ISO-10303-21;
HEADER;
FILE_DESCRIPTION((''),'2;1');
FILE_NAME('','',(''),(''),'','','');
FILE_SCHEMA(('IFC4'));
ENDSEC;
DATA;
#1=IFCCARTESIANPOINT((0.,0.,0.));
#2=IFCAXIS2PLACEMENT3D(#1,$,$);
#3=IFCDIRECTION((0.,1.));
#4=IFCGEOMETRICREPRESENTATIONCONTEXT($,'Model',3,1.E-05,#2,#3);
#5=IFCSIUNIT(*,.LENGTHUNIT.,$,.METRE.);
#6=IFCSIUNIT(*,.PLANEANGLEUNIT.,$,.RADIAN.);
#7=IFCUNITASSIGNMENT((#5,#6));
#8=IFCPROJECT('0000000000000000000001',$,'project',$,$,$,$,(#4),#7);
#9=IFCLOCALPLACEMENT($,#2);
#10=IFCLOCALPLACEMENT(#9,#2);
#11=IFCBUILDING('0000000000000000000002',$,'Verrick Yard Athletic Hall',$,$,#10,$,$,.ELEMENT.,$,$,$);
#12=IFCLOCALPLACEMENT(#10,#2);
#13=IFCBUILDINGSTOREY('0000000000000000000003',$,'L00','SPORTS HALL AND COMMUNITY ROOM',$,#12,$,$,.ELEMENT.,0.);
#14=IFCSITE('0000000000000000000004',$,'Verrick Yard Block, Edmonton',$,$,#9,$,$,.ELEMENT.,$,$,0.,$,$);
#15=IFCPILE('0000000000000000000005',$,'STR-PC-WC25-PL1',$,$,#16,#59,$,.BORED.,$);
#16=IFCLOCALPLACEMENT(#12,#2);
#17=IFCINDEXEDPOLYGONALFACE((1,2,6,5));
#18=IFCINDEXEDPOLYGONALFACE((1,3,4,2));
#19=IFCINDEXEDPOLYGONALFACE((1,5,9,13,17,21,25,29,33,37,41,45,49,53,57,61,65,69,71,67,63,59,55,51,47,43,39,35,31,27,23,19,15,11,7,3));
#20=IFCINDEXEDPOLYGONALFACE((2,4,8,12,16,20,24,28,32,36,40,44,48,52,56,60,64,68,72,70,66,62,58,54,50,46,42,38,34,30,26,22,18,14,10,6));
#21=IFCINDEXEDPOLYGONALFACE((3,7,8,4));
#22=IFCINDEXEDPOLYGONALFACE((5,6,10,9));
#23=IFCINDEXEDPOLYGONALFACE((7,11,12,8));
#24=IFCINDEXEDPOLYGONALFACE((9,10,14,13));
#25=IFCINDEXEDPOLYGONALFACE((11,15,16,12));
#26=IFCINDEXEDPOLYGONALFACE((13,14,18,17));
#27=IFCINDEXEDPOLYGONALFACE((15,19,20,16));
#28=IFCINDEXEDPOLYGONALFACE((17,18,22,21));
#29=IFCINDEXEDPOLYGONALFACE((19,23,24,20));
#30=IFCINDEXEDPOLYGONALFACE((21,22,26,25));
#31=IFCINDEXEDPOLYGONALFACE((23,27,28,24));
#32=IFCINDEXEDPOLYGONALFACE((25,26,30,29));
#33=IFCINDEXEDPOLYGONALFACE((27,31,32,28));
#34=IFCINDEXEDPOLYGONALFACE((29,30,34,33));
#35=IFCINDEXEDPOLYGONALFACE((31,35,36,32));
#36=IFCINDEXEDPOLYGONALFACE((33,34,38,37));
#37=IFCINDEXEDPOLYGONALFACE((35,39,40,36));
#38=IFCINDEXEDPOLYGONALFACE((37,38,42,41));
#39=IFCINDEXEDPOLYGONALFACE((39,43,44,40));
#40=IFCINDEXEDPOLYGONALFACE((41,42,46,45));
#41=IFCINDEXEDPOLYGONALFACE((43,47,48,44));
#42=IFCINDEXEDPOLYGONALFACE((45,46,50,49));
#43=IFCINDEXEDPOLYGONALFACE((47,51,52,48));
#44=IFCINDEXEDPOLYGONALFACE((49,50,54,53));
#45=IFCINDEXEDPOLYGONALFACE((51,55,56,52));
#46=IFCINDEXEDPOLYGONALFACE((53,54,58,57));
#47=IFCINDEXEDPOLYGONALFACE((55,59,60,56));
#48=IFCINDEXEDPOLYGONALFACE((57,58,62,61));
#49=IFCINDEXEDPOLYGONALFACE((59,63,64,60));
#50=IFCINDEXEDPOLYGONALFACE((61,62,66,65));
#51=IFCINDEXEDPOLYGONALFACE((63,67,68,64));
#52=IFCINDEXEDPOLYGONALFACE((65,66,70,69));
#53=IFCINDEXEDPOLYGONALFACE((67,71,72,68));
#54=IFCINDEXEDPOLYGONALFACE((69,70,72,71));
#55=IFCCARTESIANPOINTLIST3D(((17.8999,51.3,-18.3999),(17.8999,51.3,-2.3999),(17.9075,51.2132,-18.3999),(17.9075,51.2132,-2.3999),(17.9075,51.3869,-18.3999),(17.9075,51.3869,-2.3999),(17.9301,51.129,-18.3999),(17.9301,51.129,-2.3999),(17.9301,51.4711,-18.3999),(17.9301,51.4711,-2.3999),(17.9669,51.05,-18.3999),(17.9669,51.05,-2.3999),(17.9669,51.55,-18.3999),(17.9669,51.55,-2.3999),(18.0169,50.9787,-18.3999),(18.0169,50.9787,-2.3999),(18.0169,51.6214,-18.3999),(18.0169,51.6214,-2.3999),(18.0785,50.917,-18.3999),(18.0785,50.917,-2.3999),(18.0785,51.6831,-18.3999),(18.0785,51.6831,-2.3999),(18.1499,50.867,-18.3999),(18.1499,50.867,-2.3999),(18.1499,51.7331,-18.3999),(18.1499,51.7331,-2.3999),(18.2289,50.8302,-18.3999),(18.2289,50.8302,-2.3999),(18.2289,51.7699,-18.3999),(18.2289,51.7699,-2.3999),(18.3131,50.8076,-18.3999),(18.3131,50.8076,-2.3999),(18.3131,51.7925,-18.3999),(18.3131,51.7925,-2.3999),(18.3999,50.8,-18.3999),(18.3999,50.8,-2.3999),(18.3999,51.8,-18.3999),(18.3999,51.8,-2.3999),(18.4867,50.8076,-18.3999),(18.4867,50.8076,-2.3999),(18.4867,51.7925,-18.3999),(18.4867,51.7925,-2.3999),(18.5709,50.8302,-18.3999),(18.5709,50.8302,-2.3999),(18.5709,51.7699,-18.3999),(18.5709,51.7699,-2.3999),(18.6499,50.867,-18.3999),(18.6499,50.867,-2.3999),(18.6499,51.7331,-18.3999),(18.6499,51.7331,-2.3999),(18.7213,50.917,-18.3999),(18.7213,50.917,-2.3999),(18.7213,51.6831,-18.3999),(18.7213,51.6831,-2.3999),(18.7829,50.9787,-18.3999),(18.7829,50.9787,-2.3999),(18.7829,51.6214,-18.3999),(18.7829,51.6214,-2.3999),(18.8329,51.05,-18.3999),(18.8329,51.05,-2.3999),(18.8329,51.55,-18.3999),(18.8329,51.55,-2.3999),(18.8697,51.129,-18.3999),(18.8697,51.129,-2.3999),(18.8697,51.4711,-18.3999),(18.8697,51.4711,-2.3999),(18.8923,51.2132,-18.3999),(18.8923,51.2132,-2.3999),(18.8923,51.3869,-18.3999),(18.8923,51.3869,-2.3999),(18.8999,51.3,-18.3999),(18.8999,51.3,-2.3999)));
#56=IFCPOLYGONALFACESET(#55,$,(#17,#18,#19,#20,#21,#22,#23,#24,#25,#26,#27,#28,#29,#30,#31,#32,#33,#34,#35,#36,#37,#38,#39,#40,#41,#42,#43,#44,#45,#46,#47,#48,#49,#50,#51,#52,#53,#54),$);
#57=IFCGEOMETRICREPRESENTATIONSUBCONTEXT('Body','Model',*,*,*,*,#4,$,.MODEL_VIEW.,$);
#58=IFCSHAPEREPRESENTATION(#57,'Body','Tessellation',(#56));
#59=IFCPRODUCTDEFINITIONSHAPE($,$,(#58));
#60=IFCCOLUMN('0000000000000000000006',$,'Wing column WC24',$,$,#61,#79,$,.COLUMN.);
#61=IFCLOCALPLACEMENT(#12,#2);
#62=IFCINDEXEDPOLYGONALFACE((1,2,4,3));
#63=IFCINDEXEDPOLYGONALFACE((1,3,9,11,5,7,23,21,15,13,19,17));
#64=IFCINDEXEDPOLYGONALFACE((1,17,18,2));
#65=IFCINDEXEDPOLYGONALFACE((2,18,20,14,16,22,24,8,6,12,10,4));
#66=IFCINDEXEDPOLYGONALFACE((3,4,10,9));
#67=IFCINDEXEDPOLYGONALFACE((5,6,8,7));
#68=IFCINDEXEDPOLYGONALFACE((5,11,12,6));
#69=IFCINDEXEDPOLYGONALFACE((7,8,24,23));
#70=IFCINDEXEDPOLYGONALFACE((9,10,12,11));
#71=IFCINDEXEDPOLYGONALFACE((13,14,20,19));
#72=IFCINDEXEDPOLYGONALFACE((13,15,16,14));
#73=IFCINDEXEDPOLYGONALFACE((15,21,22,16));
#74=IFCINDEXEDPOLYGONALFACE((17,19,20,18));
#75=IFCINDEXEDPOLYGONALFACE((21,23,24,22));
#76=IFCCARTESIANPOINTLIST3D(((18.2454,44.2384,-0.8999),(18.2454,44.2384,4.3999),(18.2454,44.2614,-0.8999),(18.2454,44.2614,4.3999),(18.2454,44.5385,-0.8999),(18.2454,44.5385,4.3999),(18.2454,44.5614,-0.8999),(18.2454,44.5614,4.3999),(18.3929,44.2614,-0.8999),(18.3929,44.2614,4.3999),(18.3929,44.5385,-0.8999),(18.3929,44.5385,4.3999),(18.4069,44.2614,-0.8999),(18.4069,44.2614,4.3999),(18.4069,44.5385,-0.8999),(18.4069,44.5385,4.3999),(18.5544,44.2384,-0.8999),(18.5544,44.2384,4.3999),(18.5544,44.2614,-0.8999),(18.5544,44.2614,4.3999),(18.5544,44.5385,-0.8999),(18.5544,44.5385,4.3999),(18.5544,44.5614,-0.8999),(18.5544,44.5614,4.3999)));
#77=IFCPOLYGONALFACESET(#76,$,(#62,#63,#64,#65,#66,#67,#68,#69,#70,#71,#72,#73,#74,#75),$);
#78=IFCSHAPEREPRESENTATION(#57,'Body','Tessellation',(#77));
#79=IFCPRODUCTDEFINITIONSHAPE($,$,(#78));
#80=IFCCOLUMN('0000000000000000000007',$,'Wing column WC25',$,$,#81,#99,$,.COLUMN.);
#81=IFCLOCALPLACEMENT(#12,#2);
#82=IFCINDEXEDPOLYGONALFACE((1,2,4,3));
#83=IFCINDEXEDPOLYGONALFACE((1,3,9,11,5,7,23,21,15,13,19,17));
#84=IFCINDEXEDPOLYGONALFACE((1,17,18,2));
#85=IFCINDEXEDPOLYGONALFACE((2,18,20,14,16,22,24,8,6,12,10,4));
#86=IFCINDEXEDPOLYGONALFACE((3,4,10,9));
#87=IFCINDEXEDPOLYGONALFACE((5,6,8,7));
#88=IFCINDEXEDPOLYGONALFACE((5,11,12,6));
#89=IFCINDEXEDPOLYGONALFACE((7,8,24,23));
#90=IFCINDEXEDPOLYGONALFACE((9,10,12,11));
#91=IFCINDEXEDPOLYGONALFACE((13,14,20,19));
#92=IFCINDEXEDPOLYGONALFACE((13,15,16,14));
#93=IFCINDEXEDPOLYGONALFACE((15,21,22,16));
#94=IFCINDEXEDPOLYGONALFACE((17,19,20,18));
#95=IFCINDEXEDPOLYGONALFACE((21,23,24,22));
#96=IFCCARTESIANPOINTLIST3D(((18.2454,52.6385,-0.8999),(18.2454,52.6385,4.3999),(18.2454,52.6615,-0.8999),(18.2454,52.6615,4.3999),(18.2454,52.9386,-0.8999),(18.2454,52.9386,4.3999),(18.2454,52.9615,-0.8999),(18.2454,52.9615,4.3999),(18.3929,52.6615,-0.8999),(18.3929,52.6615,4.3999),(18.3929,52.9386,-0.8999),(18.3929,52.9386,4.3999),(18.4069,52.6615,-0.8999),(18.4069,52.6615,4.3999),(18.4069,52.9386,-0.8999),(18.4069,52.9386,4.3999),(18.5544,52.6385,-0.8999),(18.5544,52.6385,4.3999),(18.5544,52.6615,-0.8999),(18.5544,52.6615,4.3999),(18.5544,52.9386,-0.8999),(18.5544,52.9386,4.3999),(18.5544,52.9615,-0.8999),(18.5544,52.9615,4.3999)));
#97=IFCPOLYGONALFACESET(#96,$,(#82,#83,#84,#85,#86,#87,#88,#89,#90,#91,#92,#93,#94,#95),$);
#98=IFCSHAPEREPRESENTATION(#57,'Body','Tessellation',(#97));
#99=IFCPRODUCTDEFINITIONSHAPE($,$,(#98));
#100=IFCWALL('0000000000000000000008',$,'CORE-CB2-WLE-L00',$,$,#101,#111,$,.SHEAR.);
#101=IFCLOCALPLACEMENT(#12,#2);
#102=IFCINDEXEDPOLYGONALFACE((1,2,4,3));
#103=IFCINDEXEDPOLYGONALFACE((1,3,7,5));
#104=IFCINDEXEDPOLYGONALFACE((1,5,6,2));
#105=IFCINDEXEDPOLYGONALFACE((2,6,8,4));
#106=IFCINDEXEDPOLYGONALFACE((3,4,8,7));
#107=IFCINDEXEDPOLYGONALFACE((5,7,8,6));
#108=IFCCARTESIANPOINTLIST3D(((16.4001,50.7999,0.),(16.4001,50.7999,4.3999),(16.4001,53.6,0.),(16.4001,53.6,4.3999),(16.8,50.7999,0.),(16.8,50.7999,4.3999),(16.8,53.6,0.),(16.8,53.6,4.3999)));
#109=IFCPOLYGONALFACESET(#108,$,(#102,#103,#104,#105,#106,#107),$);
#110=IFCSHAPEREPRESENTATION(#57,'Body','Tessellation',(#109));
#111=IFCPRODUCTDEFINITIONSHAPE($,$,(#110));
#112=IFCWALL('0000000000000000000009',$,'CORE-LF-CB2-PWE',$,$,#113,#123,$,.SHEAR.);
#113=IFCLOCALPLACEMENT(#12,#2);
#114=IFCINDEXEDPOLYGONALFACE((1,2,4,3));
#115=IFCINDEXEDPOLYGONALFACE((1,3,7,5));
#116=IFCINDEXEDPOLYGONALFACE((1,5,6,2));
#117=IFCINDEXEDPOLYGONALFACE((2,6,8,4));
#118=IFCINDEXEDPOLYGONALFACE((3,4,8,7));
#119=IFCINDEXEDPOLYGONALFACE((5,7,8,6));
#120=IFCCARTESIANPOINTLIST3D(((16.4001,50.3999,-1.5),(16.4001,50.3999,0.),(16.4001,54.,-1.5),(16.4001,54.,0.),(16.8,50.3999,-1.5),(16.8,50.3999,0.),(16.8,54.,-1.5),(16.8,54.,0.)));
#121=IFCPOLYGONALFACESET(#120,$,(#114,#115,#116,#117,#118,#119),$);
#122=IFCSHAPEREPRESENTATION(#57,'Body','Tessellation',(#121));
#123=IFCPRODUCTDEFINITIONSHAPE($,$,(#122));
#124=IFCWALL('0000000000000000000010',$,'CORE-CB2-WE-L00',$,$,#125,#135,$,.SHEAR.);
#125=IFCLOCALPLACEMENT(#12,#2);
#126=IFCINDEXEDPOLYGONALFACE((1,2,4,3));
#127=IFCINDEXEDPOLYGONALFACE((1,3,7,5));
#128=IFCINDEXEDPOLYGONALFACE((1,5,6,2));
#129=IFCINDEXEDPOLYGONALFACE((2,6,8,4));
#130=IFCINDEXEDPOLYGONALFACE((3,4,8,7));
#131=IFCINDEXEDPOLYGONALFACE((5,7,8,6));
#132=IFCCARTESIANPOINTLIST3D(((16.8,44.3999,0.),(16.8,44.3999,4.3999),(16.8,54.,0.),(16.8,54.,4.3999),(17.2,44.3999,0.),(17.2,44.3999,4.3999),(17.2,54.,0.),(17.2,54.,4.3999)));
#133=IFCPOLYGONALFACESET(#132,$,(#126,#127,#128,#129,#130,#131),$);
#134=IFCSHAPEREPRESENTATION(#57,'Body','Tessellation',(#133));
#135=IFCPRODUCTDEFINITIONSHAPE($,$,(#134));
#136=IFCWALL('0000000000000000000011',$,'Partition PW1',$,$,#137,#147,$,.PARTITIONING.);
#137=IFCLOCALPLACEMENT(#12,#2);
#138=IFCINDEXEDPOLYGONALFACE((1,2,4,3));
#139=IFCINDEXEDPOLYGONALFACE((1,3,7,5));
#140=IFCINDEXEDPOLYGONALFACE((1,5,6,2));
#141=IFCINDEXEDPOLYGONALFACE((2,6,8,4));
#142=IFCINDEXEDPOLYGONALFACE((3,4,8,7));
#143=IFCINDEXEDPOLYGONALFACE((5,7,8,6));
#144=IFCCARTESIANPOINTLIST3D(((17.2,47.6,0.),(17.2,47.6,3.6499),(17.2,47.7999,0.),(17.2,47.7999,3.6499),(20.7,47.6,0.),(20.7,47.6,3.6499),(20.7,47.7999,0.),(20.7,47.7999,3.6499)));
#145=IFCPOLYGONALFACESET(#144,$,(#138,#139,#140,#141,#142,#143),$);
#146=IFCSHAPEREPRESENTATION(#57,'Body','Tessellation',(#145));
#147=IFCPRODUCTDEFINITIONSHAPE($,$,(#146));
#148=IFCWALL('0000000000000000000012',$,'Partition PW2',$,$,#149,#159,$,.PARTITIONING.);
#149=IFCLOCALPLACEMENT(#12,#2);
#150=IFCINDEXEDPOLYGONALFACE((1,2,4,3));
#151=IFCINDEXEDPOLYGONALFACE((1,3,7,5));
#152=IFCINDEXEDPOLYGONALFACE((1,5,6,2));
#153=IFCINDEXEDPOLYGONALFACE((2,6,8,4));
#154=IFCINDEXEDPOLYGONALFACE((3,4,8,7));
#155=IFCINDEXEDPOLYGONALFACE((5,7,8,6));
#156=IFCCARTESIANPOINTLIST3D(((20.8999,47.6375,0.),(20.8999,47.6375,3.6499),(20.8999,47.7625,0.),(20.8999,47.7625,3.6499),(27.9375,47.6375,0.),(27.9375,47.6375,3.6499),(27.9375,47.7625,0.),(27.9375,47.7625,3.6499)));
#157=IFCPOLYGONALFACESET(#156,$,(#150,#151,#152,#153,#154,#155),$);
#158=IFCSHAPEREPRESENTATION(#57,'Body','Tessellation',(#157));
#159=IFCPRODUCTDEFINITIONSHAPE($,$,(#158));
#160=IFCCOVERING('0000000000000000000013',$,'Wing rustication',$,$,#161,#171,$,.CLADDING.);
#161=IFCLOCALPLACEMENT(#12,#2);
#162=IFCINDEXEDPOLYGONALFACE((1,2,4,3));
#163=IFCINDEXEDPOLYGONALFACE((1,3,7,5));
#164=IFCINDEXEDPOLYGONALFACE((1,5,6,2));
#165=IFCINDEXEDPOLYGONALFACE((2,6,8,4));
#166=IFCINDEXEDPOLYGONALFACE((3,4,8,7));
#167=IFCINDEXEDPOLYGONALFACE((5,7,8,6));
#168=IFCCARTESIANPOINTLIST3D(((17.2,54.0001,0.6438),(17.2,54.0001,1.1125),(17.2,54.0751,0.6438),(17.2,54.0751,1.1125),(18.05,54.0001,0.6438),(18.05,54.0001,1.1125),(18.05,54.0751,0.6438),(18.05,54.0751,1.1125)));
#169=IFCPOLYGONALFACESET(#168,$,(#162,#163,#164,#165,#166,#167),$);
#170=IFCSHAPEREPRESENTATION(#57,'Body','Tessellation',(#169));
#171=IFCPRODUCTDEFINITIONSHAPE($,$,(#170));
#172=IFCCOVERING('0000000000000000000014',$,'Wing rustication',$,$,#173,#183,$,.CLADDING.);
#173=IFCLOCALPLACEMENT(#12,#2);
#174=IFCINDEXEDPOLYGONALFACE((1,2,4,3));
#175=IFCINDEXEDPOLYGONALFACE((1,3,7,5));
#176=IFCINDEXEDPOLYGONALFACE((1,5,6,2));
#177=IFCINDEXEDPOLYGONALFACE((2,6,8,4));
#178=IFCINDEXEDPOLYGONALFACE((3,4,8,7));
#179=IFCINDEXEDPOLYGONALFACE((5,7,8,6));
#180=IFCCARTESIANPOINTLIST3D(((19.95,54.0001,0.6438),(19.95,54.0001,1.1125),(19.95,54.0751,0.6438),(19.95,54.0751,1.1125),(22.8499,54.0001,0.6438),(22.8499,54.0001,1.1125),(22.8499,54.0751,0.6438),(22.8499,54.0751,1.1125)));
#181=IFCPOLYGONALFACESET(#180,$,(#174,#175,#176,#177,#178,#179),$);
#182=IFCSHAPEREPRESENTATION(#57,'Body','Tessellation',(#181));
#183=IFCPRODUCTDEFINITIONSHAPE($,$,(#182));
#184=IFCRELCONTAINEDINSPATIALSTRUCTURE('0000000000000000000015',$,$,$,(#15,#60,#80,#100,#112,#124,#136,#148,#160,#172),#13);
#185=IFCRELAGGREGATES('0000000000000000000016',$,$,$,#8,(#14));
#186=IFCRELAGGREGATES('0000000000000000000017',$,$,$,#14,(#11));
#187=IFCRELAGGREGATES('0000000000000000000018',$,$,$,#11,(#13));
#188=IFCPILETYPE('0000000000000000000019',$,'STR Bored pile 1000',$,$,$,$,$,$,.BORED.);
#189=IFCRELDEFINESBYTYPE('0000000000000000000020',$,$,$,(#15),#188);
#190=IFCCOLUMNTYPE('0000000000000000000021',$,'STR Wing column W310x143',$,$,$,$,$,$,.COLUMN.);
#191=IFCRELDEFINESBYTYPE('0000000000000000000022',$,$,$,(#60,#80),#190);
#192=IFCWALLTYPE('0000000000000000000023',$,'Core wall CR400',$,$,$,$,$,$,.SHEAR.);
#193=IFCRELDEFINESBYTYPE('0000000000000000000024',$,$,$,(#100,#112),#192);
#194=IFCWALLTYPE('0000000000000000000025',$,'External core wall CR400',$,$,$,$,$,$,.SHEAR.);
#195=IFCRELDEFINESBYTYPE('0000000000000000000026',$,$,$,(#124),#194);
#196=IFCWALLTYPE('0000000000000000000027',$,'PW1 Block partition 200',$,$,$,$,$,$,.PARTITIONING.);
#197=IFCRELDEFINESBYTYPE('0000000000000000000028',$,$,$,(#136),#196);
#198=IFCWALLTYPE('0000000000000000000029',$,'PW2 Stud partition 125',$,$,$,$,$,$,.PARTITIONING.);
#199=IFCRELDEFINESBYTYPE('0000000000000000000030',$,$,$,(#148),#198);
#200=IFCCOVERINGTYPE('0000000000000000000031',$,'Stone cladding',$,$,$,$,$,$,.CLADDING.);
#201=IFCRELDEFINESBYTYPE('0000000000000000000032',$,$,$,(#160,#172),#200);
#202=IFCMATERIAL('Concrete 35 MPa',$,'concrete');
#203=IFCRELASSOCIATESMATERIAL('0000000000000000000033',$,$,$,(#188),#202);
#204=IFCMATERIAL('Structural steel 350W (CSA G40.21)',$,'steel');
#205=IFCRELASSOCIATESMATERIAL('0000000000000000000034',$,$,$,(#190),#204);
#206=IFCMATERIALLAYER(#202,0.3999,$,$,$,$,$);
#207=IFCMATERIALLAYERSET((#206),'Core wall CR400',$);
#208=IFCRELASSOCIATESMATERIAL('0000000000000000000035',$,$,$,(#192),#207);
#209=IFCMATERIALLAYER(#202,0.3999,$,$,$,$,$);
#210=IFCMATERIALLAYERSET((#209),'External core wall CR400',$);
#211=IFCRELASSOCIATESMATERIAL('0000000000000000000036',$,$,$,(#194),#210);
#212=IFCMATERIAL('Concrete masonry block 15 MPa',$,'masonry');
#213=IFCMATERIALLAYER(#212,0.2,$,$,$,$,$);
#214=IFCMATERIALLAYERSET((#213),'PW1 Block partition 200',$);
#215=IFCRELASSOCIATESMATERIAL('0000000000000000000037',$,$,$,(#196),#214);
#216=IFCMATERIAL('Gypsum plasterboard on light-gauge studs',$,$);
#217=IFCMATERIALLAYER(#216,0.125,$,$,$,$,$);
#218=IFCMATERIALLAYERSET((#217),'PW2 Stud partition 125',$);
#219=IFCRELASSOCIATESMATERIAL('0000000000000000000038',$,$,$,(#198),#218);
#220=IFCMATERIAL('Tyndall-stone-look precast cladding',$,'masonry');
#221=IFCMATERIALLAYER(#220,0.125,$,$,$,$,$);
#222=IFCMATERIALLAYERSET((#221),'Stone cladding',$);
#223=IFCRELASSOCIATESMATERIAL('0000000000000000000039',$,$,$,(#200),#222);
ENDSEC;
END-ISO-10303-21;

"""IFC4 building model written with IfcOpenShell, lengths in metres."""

from ifc_helpers import new_model, si_unit, direction, frame, frame_2d, origin, origin_2d, place, context, subcontext, project, spatial, rectangle, circle, i_section, extrude, material, layer, layer_set, material_profile, profile_set, type_object, element, save


model = new_model("IFC4")

# Units and contexts
model_context = context("Model", 3, precision=1e-05, world=origin(), true_north=direction((0.0, 1.0)))
body_context = subcontext(model_context, "Body", "Model", "MODEL_VIEW")
ifc_project = project(units=[si_unit("LENGTHUNIT", "METRE"), si_unit("PLANEANGLEUNIT", "RADIAN")], contexts=[model_context])

# Site, building, storey
site_placement = place(None, origin())
site = spatial("IfcSite", under=ifc_project, at=site_placement, Name="Verrick Yard Block, Edmonton", CompositionType="ELEMENT", RefElevation=0.0)
building_placement = place(site_placement, origin())
building = spatial("IfcBuilding", under=site, at=building_placement, Name="Verrick Yard Athletic Hall", CompositionType="ELEMENT")
storey_placement = place(building_placement, origin())
storey = spatial("IfcBuildingStorey", under=building, at=storey_placement, Name="L00", Description="SPORTS HALL AND COMMUNITY ROOM", CompositionType="ELEMENT", Elevation=0.0)

# Pile
ifc_material_1 = material(Name="Concrete 35 MPa", Category="concrete")
pile_type = type_object("IfcPileType", Name="STR Bored pile 1000", PredefinedType="BORED", material=ifc_material_1)
for number, where, z_axis, x_axis, name in (
    (1, (18.3999, 51.3, -2.3999), (0.0, 0.0, -1.0), (1.0, 0.0, 0.0), "STR-PC-WC25-PL1"),
):
    element("IfcPile", number, at=place(storey_placement, frame(where, z_axis=z_axis, x_axis=x_axis)), inside=storey, type_object=pile_type, Name=name, PredefinedType="BORED", context=body_context, shape_type="SweptSolid", body=[
        extrude(circle(Radius=0.5, at=origin_2d()), origin(), (0.0, 0.0, 1.0), 16.0),
    ])

# Columns
ifc_material_2 = material(Name="Structural steel 350W (CSA G40.21)", Category="steel")
ifc_material_profile = material_profile(ifc_material_2, i_section(OverallWidth=0.3091, OverallDepth=0.323, WebThickness=0.0139, FlangeThickness=0.0229, at=origin_2d()), Name="W310x143")
ifc_profile_set = profile_set([ifc_material_profile], Name="Structural steel 350W (CSA G40.21)")
column_type = type_object("IfcColumnType", Name="STR Wing column W310x143", PredefinedType="COLUMN", material=ifc_profile_set)
for number, where, z_axis, x_axis, name in (
    (2, (18.3999, 44.3999, -0.8999), (0.0, 0.0, 1.0), (1.0, 0.0, 0.0), "Wing column WC24"),
    (3, (18.3999, 52.8, -0.8999), (0.0, 0.0, 1.0), (1.0, 0.0, 0.0), "Wing column WC25"),
):
    element("IfcColumn", number, at=place(storey_placement, frame(where, z_axis=z_axis, x_axis=x_axis)), inside=storey, type_object=column_type, Name=name, PredefinedType="COLUMN", context=body_context, shape_type="SweptSolid", body=[
        extrude(i_section(OverallWidth=0.3091, OverallDepth=0.323, WebThickness=0.0139, FlangeThickness=0.0229, at=origin_2d()), origin(), (0.0, 0.0, 1.0), 5.2998),
    ])

# Walls
ifc_layer_1 = layer(ifc_material_1, 0.3999)
ifc_layer_set_1 = layer_set([ifc_layer_1], Name="Core wall CR400")
wall_type_1 = type_object("IfcWallType", Name="Core wall CR400", PredefinedType="SHEAR", material=ifc_layer_set_1)
wall_1_placement = place(storey_placement, frame((16.6001, 50.8, 0.0), z_axis=(0.0, 0.0, 1.0), x_axis=(0.0, 1.0, 0.0)))
element("IfcWall", 4, at=wall_1_placement, inside=storey, type_object=wall_type_1, Name="CORE-CB2-WLE-L00", PredefinedType="SHEAR", context=body_context, shape_type="SweptSolid", body=[
    extrude(rectangle(XDim=2.8, YDim=0.3999, at=frame_2d((1.3999, 0.0))), origin(), (0.0, 0.0, 1.0), 4.3999),
])
wall_2_placement = place(storey_placement, frame((16.6001, 50.3999, -1.5), z_axis=(0.0, 0.0, 1.0), x_axis=(0.0, 1.0, 0.0)))
element("IfcWall", 5, at=wall_2_placement, inside=storey, type_object=wall_type_1, Name="CORE-LF-CB2-PWE", PredefinedType="SHEAR", context=body_context, shape_type="SweptSolid", body=[
    extrude(rectangle(XDim=3.6001, YDim=0.3999, at=frame_2d((1.8, 0.0))), origin(), (0.0, 0.0, 1.0), 1.5),
])
ifc_layer_2 = layer(ifc_material_1, 0.3999)
ifc_layer_set_2 = layer_set([ifc_layer_2], Name="External core wall CR400")
wall_type_2 = type_object("IfcWallType", Name="External core wall CR400", PredefinedType="SHEAR", material=ifc_layer_set_2)
wall_3_placement = place(storey_placement, frame((17.0, 44.3999, 0.0), z_axis=(0.0, 0.0, 1.0), x_axis=(0.0, 1.0, 0.0)))
element("IfcWall", 6, at=wall_3_placement, inside=storey, type_object=wall_type_2, Name="CORE-CB2-WE-L00", PredefinedType="SHEAR", context=body_context, shape_type="SweptSolid", body=[
    extrude(rectangle(XDim=9.6001, YDim=0.3999, at=frame_2d((4.8, 0.0))), origin(), (0.0, 0.0, 1.0), 4.3999),
])
ifc_material_3 = material(Name="Concrete masonry block 15 MPa", Category="masonry")
ifc_layer_3 = layer(ifc_material_3, 0.2)
ifc_layer_set_3 = layer_set([ifc_layer_3], Name="PW1 Block partition 200")
wall_type_3 = type_object("IfcWallType", Name="PW1 Block partition 200", PredefinedType="PARTITIONING", material=ifc_layer_set_3)
wall_4_placement = place(storey_placement, frame((17.2, 47.7, 0.0), z_axis=(0.0, 0.0, 1.0), x_axis=(1.0, 0.0, 0.0)))
element("IfcWall", 7, at=wall_4_placement, inside=storey, type_object=wall_type_3, Name="Partition PW1", PredefinedType="PARTITIONING", context=body_context, shape_type="SweptSolid", body=[
    extrude(rectangle(XDim=3.5, YDim=0.2, at=frame_2d((1.75, 0.0))), origin(), (0.0, 0.0, 1.0), 3.6499),
])
ifc_material_4 = material(Name="Gypsum plasterboard on light-gauge studs")
ifc_layer_4 = layer(ifc_material_4, 0.125)
ifc_layer_set_4 = layer_set([ifc_layer_4], Name="PW2 Stud partition 125")
wall_type_4 = type_object("IfcWallType", Name="PW2 Stud partition 125", PredefinedType="PARTITIONING", material=ifc_layer_set_4)
wall_5_placement = place(storey_placement, frame((20.8999, 47.7, 0.0), z_axis=(0.0, 0.0, 1.0), x_axis=(1.0, 0.0, 0.0)))
element("IfcWall", 8, at=wall_5_placement, inside=storey, type_object=wall_type_4, Name="Partition PW2", PredefinedType="PARTITIONING", context=body_context, shape_type="SweptSolid", body=[
    extrude(rectangle(XDim=7.0376, YDim=0.125, at=frame_2d((3.5188, 0.0))), origin(), (0.0, 0.0, 1.0), 3.6499),
])

# Shared definitions
ifc_material_5 = material(Name="Tyndall-stone-look precast cladding", Category="masonry")

# Coverings
ifc_layer_5 = layer(ifc_material_5, 0.125)
ifc_layer_set_5 = layer_set([ifc_layer_5], Name="Stone cladding")
covering_type = type_object("IfcCoveringType", Name="Stone cladding", PredefinedType="CLADDING", material=ifc_layer_set_5)
covering_1_placement = place(storey_placement, frame((17.625, 54.0376, 0.6438), z_axis=(0.0, 0.0, 1.0), x_axis=(1.0, 0.0, 0.0)))
element("IfcCovering", 9, at=covering_1_placement, inside=storey, type_object=covering_type, Name="Wing rustication", PredefinedType="CLADDING", context=body_context, shape_type="SweptSolid", body=[
    extrude(rectangle(XDim=0.8501, YDim=0.075, at=origin_2d()), origin(), (0.0, 0.0, 1.0), 0.4688),
])
covering_2_placement = place(storey_placement, frame((21.3999, 54.0376, 0.6438), z_axis=(0.0, 0.0, 1.0), x_axis=(1.0, 0.0, 0.0)))
element("IfcCovering", 10, at=covering_2_placement, inside=storey, type_object=covering_type, Name="Wing rustication", PredefinedType="CLADDING", context=body_context, shape_type="SweptSolid", body=[
    extrude(rectangle(XDim=2.8999, YDim=0.075, at=origin_2d()), origin(), (0.0, 0.0, 1.0), 0.4688),
])

save(model, "model.ifc")
